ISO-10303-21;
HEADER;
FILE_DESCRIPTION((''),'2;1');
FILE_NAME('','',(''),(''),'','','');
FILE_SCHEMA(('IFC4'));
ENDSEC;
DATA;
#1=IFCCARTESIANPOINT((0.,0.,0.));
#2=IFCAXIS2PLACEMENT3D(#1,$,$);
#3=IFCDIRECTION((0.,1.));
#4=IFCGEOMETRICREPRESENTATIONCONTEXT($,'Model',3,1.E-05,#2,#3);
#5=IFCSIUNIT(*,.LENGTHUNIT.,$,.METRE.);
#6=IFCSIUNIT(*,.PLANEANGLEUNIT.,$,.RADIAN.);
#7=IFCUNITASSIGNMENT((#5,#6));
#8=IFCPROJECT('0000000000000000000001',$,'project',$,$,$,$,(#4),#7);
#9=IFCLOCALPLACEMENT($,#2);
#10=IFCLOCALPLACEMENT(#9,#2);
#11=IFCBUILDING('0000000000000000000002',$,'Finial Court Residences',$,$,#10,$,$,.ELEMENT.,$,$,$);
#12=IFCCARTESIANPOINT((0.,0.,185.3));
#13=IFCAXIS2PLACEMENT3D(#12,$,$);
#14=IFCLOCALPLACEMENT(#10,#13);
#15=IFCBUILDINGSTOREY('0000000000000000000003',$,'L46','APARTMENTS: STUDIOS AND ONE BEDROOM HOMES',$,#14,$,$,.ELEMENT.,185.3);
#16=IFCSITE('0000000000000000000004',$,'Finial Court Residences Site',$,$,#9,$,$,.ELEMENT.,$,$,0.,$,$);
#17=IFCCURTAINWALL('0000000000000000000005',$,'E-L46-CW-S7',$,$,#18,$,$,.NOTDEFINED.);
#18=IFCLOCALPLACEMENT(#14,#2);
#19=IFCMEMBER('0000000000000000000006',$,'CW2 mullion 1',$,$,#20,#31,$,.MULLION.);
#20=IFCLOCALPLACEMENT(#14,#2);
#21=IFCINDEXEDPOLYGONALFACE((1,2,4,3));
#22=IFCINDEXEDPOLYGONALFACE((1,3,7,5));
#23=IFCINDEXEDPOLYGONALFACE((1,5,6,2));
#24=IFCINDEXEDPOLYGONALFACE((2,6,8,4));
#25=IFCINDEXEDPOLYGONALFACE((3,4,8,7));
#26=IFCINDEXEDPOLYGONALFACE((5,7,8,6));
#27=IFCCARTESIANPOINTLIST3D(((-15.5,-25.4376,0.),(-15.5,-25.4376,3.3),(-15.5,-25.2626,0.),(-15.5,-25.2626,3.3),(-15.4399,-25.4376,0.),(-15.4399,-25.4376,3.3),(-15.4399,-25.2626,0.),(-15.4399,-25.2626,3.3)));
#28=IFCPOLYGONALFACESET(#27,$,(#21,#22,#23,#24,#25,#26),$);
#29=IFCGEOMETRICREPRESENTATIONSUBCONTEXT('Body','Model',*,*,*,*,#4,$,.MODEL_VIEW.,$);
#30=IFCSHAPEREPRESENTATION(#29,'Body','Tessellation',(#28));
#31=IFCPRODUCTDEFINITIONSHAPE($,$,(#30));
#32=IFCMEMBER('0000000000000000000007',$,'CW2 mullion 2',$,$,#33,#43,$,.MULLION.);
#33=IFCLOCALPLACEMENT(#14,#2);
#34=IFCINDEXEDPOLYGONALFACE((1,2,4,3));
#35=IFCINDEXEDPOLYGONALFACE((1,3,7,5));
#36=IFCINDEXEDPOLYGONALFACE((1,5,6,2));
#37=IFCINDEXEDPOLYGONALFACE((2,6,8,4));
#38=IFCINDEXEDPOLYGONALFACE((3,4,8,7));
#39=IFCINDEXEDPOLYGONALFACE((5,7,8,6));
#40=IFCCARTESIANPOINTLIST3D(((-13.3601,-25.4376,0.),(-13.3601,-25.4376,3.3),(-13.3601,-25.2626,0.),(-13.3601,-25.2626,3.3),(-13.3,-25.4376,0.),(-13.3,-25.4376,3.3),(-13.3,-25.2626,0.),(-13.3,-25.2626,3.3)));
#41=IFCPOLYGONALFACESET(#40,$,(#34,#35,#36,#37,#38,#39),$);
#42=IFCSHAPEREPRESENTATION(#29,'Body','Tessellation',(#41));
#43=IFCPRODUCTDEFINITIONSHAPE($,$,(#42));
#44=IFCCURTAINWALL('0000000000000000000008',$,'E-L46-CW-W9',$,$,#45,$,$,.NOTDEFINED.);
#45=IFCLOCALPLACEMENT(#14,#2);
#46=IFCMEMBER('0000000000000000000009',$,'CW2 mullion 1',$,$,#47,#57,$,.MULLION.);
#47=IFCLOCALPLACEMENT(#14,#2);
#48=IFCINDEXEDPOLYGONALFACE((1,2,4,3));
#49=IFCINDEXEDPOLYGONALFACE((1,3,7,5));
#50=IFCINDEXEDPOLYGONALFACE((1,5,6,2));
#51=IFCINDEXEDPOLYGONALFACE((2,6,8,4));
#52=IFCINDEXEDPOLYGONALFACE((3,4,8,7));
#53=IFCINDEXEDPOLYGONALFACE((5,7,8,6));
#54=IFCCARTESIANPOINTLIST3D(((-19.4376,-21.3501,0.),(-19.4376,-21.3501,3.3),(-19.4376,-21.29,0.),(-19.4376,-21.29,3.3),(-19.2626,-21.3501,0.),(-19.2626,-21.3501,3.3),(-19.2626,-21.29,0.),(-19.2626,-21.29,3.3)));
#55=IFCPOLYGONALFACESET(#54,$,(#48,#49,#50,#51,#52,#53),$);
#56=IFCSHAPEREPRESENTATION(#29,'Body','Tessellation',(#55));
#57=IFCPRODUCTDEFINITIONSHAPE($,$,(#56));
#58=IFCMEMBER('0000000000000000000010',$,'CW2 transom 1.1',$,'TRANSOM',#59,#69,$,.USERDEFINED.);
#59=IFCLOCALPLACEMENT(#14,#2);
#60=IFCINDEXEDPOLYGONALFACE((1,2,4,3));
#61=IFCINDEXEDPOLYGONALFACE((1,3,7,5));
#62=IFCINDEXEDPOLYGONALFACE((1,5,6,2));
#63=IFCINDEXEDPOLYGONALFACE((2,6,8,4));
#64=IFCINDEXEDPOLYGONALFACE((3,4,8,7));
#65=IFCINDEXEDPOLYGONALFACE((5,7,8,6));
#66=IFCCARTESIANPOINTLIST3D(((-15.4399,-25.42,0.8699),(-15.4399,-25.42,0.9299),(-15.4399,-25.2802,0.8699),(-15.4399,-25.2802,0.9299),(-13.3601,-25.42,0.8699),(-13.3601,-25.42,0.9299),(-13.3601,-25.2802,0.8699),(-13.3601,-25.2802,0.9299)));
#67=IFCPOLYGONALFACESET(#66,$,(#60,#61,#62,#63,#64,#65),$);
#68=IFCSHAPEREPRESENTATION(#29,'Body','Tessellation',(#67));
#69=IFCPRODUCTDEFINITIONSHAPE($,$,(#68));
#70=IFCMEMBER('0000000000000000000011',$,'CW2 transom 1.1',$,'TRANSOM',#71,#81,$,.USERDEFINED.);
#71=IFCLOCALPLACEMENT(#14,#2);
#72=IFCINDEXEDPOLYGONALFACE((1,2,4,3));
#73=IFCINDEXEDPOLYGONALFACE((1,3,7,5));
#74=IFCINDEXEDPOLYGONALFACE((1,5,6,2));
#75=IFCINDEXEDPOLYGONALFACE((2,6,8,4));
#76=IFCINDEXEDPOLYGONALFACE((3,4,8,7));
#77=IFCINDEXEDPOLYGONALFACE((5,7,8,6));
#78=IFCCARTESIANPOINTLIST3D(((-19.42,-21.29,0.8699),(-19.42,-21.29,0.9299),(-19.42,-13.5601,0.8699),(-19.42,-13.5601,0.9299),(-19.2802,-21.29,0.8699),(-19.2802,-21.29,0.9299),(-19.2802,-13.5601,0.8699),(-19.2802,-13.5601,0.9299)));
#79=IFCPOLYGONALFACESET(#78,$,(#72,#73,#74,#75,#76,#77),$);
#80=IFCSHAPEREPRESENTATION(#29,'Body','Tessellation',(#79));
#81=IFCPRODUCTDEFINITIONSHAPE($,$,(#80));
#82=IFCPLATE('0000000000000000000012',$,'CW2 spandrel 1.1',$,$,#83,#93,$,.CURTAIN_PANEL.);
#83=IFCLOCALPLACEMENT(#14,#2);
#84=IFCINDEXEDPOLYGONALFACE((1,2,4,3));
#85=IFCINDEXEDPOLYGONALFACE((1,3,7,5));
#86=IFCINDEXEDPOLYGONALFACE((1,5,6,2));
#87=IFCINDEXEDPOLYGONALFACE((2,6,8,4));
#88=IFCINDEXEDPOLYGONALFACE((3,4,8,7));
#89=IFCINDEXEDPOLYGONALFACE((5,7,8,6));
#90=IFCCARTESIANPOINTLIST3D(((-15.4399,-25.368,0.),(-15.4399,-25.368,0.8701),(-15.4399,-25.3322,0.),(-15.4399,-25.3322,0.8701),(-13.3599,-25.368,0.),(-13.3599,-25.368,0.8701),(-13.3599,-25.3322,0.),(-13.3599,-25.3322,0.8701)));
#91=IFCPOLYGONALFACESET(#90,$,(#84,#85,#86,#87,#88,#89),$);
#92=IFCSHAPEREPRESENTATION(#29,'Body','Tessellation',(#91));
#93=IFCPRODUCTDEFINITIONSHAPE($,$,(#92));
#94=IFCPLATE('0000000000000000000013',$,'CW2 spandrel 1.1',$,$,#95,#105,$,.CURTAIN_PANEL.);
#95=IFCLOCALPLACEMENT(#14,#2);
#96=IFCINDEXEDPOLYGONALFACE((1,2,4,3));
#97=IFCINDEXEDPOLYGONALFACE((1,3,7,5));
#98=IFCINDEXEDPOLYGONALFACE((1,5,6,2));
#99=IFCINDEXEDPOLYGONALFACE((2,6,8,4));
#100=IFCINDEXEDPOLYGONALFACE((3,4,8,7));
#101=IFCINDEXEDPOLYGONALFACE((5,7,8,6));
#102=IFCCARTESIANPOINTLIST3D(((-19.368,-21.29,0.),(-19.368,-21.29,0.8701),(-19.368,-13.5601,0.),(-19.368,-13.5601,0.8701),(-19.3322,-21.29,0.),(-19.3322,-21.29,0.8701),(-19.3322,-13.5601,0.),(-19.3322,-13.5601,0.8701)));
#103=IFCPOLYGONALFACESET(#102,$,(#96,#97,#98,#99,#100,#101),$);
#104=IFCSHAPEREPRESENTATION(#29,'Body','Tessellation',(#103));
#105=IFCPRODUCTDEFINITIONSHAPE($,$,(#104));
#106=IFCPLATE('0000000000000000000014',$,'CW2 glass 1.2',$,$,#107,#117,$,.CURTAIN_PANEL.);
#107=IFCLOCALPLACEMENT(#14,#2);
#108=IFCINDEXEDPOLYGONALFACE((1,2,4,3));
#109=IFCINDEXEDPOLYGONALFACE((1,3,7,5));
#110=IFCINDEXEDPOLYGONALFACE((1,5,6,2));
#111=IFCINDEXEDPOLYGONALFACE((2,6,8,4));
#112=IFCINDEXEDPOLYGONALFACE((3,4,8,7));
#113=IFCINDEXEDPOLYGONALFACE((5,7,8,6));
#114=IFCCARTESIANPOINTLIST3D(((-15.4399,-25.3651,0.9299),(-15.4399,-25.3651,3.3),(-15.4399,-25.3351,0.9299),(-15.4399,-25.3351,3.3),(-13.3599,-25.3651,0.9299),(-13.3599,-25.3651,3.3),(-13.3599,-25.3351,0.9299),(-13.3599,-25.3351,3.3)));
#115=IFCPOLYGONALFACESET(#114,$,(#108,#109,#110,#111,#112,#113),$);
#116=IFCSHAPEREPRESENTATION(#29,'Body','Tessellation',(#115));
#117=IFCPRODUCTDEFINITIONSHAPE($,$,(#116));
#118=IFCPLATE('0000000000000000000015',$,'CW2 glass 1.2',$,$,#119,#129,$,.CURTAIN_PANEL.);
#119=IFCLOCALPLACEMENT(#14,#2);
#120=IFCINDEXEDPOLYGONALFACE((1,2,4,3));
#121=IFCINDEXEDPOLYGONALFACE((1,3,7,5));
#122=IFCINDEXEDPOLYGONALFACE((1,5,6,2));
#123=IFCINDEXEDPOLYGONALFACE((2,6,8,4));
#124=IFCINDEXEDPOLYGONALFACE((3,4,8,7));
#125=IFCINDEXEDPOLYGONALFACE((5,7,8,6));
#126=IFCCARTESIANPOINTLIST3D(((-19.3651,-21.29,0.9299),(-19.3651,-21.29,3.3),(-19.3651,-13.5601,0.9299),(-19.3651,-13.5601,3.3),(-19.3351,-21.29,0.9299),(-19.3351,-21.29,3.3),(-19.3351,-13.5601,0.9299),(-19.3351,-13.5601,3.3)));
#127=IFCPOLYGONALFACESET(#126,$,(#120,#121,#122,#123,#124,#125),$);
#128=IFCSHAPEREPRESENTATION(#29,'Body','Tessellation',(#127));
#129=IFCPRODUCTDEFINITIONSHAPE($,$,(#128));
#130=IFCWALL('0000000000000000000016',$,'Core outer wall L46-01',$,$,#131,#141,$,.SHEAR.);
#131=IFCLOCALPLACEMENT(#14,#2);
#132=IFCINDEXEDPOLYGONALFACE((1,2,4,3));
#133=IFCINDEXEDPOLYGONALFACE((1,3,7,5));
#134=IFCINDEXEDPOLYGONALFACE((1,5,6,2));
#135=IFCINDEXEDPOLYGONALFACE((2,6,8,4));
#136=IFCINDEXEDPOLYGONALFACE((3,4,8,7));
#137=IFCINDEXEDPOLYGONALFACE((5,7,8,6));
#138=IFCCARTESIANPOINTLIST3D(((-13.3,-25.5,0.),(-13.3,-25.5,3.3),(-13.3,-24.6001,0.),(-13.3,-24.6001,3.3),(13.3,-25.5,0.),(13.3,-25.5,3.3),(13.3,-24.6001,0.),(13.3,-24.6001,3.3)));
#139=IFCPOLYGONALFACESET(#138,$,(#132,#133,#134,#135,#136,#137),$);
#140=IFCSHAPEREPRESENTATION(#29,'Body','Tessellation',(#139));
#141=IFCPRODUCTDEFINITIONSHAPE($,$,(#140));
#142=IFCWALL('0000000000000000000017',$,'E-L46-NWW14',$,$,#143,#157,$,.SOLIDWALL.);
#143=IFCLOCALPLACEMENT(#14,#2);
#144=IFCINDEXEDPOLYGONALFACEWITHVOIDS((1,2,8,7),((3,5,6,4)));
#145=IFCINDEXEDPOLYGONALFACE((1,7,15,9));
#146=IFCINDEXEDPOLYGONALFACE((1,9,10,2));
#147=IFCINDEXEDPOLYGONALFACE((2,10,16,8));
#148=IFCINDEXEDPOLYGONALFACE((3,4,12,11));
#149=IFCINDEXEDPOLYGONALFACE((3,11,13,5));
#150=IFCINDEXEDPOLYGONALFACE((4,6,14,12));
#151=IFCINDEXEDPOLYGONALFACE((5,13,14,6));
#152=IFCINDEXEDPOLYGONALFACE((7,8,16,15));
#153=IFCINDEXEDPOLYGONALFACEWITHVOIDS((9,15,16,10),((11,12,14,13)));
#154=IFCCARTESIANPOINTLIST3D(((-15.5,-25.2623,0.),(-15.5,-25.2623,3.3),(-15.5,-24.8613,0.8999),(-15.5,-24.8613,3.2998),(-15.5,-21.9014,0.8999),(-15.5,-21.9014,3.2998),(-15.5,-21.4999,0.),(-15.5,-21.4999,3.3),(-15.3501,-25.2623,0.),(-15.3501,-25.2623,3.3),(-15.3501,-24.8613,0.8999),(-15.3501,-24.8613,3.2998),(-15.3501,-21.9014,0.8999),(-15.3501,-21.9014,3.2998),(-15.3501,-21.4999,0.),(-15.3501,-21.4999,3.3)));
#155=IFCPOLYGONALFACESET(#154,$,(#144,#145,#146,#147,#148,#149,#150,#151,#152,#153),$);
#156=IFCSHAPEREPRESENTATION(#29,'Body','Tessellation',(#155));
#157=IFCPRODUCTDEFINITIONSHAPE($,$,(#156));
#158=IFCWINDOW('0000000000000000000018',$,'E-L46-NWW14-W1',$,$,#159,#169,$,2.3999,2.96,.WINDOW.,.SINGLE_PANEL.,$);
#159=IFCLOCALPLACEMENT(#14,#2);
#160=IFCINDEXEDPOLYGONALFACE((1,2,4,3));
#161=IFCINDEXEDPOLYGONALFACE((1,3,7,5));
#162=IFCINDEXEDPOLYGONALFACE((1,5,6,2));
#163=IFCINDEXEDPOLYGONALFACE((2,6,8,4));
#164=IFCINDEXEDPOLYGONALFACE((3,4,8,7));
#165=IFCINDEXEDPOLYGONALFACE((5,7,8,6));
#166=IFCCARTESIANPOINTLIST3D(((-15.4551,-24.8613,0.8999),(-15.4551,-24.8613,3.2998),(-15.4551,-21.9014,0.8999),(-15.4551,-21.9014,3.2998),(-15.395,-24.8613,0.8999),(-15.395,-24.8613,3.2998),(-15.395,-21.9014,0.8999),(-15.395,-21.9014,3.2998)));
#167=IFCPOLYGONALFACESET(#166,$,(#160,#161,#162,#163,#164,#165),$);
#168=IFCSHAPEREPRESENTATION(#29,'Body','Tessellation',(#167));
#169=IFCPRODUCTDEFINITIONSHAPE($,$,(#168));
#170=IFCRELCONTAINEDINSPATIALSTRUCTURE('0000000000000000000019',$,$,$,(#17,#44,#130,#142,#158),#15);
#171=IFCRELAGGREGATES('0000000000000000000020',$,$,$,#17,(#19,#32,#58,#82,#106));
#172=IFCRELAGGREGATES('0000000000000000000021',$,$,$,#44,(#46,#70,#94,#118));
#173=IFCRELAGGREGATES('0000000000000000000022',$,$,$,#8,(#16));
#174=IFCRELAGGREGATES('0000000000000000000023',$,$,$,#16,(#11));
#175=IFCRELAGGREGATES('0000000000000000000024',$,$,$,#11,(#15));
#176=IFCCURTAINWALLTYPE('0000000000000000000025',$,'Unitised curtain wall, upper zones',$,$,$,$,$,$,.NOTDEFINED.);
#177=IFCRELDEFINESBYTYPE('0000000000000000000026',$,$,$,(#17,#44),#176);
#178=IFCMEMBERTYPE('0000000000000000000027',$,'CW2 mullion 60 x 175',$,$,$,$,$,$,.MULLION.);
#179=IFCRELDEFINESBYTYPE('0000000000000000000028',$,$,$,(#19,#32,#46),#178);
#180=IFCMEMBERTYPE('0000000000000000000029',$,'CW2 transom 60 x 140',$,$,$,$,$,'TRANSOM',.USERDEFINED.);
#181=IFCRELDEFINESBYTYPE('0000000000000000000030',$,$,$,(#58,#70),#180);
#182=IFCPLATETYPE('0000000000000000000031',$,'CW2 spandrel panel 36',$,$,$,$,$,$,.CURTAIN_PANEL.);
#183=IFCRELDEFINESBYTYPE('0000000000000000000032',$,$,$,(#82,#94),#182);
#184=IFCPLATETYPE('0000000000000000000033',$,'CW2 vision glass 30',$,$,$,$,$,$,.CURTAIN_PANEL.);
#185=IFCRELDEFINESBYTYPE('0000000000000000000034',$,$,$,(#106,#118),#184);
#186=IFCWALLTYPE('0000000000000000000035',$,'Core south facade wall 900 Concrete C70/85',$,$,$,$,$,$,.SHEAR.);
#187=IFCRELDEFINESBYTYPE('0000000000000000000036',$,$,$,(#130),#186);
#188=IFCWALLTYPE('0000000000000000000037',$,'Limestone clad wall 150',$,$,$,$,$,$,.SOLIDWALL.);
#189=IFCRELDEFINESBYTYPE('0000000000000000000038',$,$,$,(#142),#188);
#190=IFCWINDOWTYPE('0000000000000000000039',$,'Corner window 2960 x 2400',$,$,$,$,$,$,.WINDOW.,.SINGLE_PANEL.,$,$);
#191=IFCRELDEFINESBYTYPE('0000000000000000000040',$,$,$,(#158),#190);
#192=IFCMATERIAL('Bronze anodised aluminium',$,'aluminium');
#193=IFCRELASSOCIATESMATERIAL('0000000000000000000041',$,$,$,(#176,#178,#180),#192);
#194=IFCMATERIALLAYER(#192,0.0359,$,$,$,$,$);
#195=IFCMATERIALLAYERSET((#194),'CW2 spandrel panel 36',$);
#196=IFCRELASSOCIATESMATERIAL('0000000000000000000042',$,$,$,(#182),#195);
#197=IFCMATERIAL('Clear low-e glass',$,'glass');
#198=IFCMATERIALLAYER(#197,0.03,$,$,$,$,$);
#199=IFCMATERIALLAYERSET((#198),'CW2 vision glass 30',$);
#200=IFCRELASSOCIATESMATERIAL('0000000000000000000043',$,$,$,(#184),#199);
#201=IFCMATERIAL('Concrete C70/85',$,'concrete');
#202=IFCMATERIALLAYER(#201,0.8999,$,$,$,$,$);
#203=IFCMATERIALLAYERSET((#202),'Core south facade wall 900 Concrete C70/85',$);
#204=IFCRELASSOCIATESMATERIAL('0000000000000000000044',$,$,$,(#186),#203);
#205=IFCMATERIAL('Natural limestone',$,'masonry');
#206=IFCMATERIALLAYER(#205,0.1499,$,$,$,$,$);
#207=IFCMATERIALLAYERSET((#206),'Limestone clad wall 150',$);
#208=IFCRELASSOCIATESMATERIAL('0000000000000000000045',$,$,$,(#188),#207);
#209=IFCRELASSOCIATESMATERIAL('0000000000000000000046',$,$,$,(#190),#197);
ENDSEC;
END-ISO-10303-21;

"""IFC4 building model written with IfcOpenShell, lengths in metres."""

from ifc_helpers import new_model, si_unit, direction, frame, frame_2d, origin, origin_2d, place, context, subcontext, project, spatial, rectangle, extrude, material, layer, layer_set, material_profile, profile_set, type_object, element, fill, aggregate, save


model = new_model("IFC4")

# Units and contexts
model_context = context("Model", 3, precision=1e-05, world=origin(), true_north=direction((0.0, 1.0)))
body_context = subcontext(model_context, "Body", "Model", "MODEL_VIEW")
ifc_project = project(units=[si_unit("LENGTHUNIT", "METRE"), si_unit("PLANEANGLEUNIT", "RADIAN")], contexts=[model_context])

# Site, building, storey
site_placement = place(None, origin())
site = spatial("IfcSite", under=ifc_project, at=site_placement, Name="Finial Court Residences Site", CompositionType="ELEMENT", RefElevation=0.0)
building_placement = place(site_placement, origin())
building = spatial("IfcBuilding", under=site, at=building_placement, Name="Finial Court Residences", CompositionType="ELEMENT")
storey_placement = place(building_placement, frame((0.0, 0.0, 185.3)))
storey = spatial("IfcBuildingStorey", under=building, at=storey_placement, Name="L46", Description="APARTMENTS: STUDIOS AND ONE BEDROOM HOMES", CompositionType="ELEMENT", Elevation=185.3)

# Curtain wall, members
ifc_material_1 = material(Name="Bronze anodised aluminium", Category="aluminium")
curtain_wall_type = type_object("IfcCurtainWallType", Name="Unitised curtain wall, upper zones", PredefinedType="NOTDEFINED", material=ifc_material_1)
curtain_wall_1_placement = place(storey_placement, origin())
curtain_wall_1 = element("IfcCurtainWall", 1, at=curtain_wall_1_placement, inside=storey, type_object=curtain_wall_type, Name="E-L46-CW-S7", PredefinedType="NOTDEFINED")
ifc_material_profile_1 = material_profile(ifc_material_1, rectangle(XDim=0.175, YDim=0.0601, at=origin_2d()), Name="CW2 mullion 60 x 175")
ifc_profile_set_1 = profile_set([ifc_material_profile_1], Name="Bronze anodised aluminium")
member_type_1 = type_object("IfcMemberType", Name="CW2 mullion 60 x 175", PredefinedType="MULLION", material=ifc_profile_set_1)
member_1_placement = place(storey_placement, frame((-15.47, -25.3501, 0.0), z_axis=(0.0, 0.0, 1.0), x_axis=(0.0, 1.0, 0.0)))
member_1 = element("IfcMember", 2, at=member_1_placement, type_object=member_type_1, Name="CW2 mullion 1", PredefinedType="MULLION", context=body_context, shape_type="SweptSolid", body=[
    extrude(rectangle(XDim=0.175, YDim=0.0601, at=origin_2d()), origin(), (0.0, 0.0, 1.0), 3.3),
])
member_2_placement = place(storey_placement, frame((-13.3301, -25.3501, 0.0), z_axis=(0.0, 0.0, 1.0), x_axis=(0.0, 1.0, 0.0)))
member_2 = element("IfcMember", 3, at=member_2_placement, type_object=member_type_1, Name="CW2 mullion 2", PredefinedType="MULLION", context=body_context, shape_type="SweptSolid", body=[
    extrude(rectangle(XDim=0.175, YDim=0.0601, at=origin_2d()), origin(), (0.0, 0.0, 1.0), 3.3),
])

# Curtain wall, member
curtain_wall_2_placement = place(storey_placement, origin())
curtain_wall_2 = element("IfcCurtainWall", 4, at=curtain_wall_2_placement, inside=storey, type_object=curtain_wall_type, Name="E-L46-CW-W9", PredefinedType="NOTDEFINED")
member_3_placement = place(storey_placement, frame((-19.3501, -21.3201, 0.0), z_axis=(0.0, 0.0, 1.0), x_axis=(-1.0, 0.0, 0.0)))
member_3 = element("IfcMember", 5, at=member_3_placement, type_object=member_type_1, Name="CW2 mullion 1", PredefinedType="MULLION", context=body_context, shape_type="SweptSolid", body=[
    extrude(rectangle(XDim=0.175, YDim=0.0601, at=origin_2d()), origin(), (0.0, 0.0, 1.0), 3.3),
])

# Members
ifc_material_profile_2 = material_profile(ifc_material_1, rectangle(XDim=0.1399, YDim=0.0601, at=origin_2d()), Name="CW2 transom 60 x 140")
ifc_profile_set_2 = profile_set([ifc_material_profile_2], Name="Bronze anodised aluminium")
member_type_2 = type_object("IfcMemberType", Name="CW2 transom 60 x 140", ElementType="TRANSOM", PredefinedType="USERDEFINED", material=ifc_profile_set_2)
member_4_placement = place(storey_placement, frame((-15.4399, -25.3501, 0.8999), z_axis=(1.0, 0.0, 0.0), x_axis=(0.0, 1.0, 0.0)))
member_4 = element("IfcMember", 6, at=member_4_placement, type_object=member_type_2, Name="CW2 transom 1.1", ObjectType="TRANSOM", PredefinedType="USERDEFINED", context=body_context, shape_type="SweptSolid", body=[
    extrude(rectangle(XDim=0.1399, YDim=0.0601, at=origin_2d()), origin(), (0.0, 0.0, 1.0), 2.0798),
])
member_5_placement = place(storey_placement, frame((-19.3501, -21.29, 0.8999), z_axis=(0.0, 1.0, 0.0), x_axis=(-1.0, 0.0, 0.0)))
member_5 = element("IfcMember", 7, at=member_5_placement, type_object=member_type_2, Name="CW2 transom 1.1", ObjectType="TRANSOM", PredefinedType="USERDEFINED", context=body_context, shape_type="SweptSolid", body=[
    extrude(rectangle(XDim=0.1399, YDim=0.0601, at=origin_2d()), origin(), (0.0, 0.0, 1.0), 7.73),
])

# Plates
ifc_layer_1 = layer(ifc_material_1, 0.0359)
ifc_layer_set_1 = layer_set([ifc_layer_1], Name="CW2 spandrel panel 36")
plate_type_1 = type_object("IfcPlateType", Name="CW2 spandrel panel 36", PredefinedType="CURTAIN_PANEL", material=ifc_layer_set_1)
plate_1_placement = place(storey_placement, frame((-14.3999, -25.3501, 0.0), z_axis=(0.0, 0.0, 1.0), x_axis=(1.0, 0.0, 0.0)))
plate_1 = element("IfcPlate", 8, at=plate_1_placement, type_object=plate_type_1, Name="CW2 spandrel 1.1", PredefinedType="CURTAIN_PANEL", context=body_context, shape_type="SweptSolid", body=[
    extrude(rectangle(XDim=2.0801, YDim=0.0359, at=origin_2d()), origin(), (0.0, 0.0, 1.0), 0.8701),
])
plate_2_placement = place(storey_placement, frame((-19.3501, -17.425, 0.0), z_axis=(0.0, 0.0, 1.0), x_axis=(0.0, 1.0, 0.0)))
plate_2 = element("IfcPlate", 9, at=plate_2_placement, type_object=plate_type_1, Name="CW2 spandrel 1.1", PredefinedType="CURTAIN_PANEL", context=body_context, shape_type="SweptSolid", body=[
    extrude(rectangle(XDim=7.73, YDim=0.0359, at=origin_2d()), origin(), (0.0, 0.0, 1.0), 0.8701),
])
ifc_material_2 = material(Name="Clear low-e glass", Category="glass")
ifc_layer_2 = layer(ifc_material_2, 0.03)
ifc_layer_set_2 = layer_set([ifc_layer_2], Name="CW2 vision glass 30")
plate_type_2 = type_object("IfcPlateType", Name="CW2 vision glass 30", PredefinedType="CURTAIN_PANEL", material=ifc_layer_set_2)
plate_3_placement = place(storey_placement, frame((-14.3999, -25.3501, 0.9299), z_axis=(0.0, 0.0, 1.0), x_axis=(1.0, 0.0, 0.0)))
plate_3 = element("IfcPlate", 10, at=plate_3_placement, type_object=plate_type_2, Name="CW2 glass 1.2", PredefinedType="CURTAIN_PANEL", context=body_context, shape_type="SweptSolid", body=[
    extrude(rectangle(XDim=2.0801, YDim=0.03, at=origin_2d()), origin(), (0.0, 0.0, 1.0), 2.3701),
])
aggregate(curtain_wall_1, [member_1, member_2, member_4, plate_1, plate_3])
plate_4_placement = place(storey_placement, frame((-19.3501, -17.425, 0.9299), z_axis=(0.0, 0.0, 1.0), x_axis=(0.0, 1.0, 0.0)))
plate_4 = element("IfcPlate", 11, at=plate_4_placement, type_object=plate_type_2, Name="CW2 glass 1.2", PredefinedType="CURTAIN_PANEL", context=body_context, shape_type="SweptSolid", body=[
    extrude(rectangle(XDim=7.73, YDim=0.03, at=origin_2d()), origin(), (0.0, 0.0, 1.0), 2.3701),
])
aggregate(curtain_wall_2, [member_3, member_5, plate_2, plate_4])

# Wall
ifc_material_3 = material(Name="Concrete C70/85", Category="concrete")
ifc_layer_3 = layer(ifc_material_3, 0.8999)
ifc_layer_set_3 = layer_set([ifc_layer_3], Name="Core south facade wall 900 Concrete C70/85")
wall_type_1 = type_object("IfcWallType", Name="Core south facade wall 900 Concrete C70/85", PredefinedType="SHEAR", material=ifc_layer_set_3)
wall_1_placement = place(storey_placement, frame((-13.3, -25.05, 0.0), z_axis=(0.0, 0.0, 1.0), x_axis=(1.0, 0.0, 0.0)))
element("IfcWall", 12, at=wall_1_placement, inside=storey, type_object=wall_type_1, Name="Core outer wall L46-01", PredefinedType="SHEAR", context=body_context, shape_type="SweptSolid", body=[
    extrude(rectangle(XDim=26.6001, YDim=0.8999, at=frame_2d((13.3, 0.0))), origin(), (0.0, 0.0, 1.0), 3.3),
])

# Wall, opening, window
ifc_material_4 = material(Name="Natural limestone", Category="masonry")
ifc_layer_4 = layer(ifc_material_4, 0.1499)
ifc_layer_set_4 = layer_set([ifc_layer_4], Name="Limestone clad wall 150")
wall_type_2 = type_object("IfcWallType", Name="Limestone clad wall 150", PredefinedType="SOLIDWALL", material=ifc_layer_set_4)
wall_2_placement = place(storey_placement, frame((-15.425, -25.2625, 0.0), z_axis=(0.0, 0.0, 1.0), x_axis=(0.0, 1.0, 0.0)))
wall_2 = element("IfcWall", 13, at=wall_2_placement, inside=storey, type_object=wall_type_2, Name="E-L46-NWW14", PredefinedType="SOLIDWALL", context=body_context, shape_type="SweptSolid", body=[
    extrude(rectangle(XDim=3.7625, YDim=0.1499, at=frame_2d((1.8813, 0.0))), origin(), (0.0, 0.0, 1.0), 3.3),
])
opening_1_placement = place(wall_2_placement, frame((0.4011, 0.0, 0.8999)))
opening_1 = element("IfcOpeningElement", 14, at=opening_1_placement, cuts=wall_2, PredefinedType="OPENING", context=body_context, shape_type="SweptSolid", body=[
    extrude(rectangle(XDim=2.96, YDim=2.3999, at=frame_2d((1.48, 1.2))), frame((0.0, 0.085, 0.0), z_axis=(0.0, -1.0, 0.0), x_axis=(1.0, 0.0, 0.0)), (0.0, 0.0, 1.0), 0.1699),
])
window_type_1 = type_object("IfcWindowType", Name="Corner window 2960 x 2400", PartitioningType="SINGLE_PANEL", PredefinedType="WINDOW", material=ifc_material_2)
window_1_placement = place(opening_1_placement, origin())
window_1 = element("IfcWindow", 15, at=window_1_placement, inside=storey, type_object=window_type_1, Name="E-L46-NWW14-W1", OverallHeight=2.3999, OverallWidth=2.96, PartitioningType="SINGLE_PANEL", PredefinedType="WINDOW", context=body_context, shape_type="SweptSolid", body=[
    extrude(rectangle(XDim=2.96, YDim=2.3999, at=frame_2d((1.48, 1.2))), frame((0.0, 0.03, 0.0), z_axis=(0.0, -1.0, 0.0), x_axis=(1.0, 0.0, 0.0)), (0.0, 0.0, 1.0), 0.0601),
])
fill(opening_1, window_1)

save(model, "model.ifc")
